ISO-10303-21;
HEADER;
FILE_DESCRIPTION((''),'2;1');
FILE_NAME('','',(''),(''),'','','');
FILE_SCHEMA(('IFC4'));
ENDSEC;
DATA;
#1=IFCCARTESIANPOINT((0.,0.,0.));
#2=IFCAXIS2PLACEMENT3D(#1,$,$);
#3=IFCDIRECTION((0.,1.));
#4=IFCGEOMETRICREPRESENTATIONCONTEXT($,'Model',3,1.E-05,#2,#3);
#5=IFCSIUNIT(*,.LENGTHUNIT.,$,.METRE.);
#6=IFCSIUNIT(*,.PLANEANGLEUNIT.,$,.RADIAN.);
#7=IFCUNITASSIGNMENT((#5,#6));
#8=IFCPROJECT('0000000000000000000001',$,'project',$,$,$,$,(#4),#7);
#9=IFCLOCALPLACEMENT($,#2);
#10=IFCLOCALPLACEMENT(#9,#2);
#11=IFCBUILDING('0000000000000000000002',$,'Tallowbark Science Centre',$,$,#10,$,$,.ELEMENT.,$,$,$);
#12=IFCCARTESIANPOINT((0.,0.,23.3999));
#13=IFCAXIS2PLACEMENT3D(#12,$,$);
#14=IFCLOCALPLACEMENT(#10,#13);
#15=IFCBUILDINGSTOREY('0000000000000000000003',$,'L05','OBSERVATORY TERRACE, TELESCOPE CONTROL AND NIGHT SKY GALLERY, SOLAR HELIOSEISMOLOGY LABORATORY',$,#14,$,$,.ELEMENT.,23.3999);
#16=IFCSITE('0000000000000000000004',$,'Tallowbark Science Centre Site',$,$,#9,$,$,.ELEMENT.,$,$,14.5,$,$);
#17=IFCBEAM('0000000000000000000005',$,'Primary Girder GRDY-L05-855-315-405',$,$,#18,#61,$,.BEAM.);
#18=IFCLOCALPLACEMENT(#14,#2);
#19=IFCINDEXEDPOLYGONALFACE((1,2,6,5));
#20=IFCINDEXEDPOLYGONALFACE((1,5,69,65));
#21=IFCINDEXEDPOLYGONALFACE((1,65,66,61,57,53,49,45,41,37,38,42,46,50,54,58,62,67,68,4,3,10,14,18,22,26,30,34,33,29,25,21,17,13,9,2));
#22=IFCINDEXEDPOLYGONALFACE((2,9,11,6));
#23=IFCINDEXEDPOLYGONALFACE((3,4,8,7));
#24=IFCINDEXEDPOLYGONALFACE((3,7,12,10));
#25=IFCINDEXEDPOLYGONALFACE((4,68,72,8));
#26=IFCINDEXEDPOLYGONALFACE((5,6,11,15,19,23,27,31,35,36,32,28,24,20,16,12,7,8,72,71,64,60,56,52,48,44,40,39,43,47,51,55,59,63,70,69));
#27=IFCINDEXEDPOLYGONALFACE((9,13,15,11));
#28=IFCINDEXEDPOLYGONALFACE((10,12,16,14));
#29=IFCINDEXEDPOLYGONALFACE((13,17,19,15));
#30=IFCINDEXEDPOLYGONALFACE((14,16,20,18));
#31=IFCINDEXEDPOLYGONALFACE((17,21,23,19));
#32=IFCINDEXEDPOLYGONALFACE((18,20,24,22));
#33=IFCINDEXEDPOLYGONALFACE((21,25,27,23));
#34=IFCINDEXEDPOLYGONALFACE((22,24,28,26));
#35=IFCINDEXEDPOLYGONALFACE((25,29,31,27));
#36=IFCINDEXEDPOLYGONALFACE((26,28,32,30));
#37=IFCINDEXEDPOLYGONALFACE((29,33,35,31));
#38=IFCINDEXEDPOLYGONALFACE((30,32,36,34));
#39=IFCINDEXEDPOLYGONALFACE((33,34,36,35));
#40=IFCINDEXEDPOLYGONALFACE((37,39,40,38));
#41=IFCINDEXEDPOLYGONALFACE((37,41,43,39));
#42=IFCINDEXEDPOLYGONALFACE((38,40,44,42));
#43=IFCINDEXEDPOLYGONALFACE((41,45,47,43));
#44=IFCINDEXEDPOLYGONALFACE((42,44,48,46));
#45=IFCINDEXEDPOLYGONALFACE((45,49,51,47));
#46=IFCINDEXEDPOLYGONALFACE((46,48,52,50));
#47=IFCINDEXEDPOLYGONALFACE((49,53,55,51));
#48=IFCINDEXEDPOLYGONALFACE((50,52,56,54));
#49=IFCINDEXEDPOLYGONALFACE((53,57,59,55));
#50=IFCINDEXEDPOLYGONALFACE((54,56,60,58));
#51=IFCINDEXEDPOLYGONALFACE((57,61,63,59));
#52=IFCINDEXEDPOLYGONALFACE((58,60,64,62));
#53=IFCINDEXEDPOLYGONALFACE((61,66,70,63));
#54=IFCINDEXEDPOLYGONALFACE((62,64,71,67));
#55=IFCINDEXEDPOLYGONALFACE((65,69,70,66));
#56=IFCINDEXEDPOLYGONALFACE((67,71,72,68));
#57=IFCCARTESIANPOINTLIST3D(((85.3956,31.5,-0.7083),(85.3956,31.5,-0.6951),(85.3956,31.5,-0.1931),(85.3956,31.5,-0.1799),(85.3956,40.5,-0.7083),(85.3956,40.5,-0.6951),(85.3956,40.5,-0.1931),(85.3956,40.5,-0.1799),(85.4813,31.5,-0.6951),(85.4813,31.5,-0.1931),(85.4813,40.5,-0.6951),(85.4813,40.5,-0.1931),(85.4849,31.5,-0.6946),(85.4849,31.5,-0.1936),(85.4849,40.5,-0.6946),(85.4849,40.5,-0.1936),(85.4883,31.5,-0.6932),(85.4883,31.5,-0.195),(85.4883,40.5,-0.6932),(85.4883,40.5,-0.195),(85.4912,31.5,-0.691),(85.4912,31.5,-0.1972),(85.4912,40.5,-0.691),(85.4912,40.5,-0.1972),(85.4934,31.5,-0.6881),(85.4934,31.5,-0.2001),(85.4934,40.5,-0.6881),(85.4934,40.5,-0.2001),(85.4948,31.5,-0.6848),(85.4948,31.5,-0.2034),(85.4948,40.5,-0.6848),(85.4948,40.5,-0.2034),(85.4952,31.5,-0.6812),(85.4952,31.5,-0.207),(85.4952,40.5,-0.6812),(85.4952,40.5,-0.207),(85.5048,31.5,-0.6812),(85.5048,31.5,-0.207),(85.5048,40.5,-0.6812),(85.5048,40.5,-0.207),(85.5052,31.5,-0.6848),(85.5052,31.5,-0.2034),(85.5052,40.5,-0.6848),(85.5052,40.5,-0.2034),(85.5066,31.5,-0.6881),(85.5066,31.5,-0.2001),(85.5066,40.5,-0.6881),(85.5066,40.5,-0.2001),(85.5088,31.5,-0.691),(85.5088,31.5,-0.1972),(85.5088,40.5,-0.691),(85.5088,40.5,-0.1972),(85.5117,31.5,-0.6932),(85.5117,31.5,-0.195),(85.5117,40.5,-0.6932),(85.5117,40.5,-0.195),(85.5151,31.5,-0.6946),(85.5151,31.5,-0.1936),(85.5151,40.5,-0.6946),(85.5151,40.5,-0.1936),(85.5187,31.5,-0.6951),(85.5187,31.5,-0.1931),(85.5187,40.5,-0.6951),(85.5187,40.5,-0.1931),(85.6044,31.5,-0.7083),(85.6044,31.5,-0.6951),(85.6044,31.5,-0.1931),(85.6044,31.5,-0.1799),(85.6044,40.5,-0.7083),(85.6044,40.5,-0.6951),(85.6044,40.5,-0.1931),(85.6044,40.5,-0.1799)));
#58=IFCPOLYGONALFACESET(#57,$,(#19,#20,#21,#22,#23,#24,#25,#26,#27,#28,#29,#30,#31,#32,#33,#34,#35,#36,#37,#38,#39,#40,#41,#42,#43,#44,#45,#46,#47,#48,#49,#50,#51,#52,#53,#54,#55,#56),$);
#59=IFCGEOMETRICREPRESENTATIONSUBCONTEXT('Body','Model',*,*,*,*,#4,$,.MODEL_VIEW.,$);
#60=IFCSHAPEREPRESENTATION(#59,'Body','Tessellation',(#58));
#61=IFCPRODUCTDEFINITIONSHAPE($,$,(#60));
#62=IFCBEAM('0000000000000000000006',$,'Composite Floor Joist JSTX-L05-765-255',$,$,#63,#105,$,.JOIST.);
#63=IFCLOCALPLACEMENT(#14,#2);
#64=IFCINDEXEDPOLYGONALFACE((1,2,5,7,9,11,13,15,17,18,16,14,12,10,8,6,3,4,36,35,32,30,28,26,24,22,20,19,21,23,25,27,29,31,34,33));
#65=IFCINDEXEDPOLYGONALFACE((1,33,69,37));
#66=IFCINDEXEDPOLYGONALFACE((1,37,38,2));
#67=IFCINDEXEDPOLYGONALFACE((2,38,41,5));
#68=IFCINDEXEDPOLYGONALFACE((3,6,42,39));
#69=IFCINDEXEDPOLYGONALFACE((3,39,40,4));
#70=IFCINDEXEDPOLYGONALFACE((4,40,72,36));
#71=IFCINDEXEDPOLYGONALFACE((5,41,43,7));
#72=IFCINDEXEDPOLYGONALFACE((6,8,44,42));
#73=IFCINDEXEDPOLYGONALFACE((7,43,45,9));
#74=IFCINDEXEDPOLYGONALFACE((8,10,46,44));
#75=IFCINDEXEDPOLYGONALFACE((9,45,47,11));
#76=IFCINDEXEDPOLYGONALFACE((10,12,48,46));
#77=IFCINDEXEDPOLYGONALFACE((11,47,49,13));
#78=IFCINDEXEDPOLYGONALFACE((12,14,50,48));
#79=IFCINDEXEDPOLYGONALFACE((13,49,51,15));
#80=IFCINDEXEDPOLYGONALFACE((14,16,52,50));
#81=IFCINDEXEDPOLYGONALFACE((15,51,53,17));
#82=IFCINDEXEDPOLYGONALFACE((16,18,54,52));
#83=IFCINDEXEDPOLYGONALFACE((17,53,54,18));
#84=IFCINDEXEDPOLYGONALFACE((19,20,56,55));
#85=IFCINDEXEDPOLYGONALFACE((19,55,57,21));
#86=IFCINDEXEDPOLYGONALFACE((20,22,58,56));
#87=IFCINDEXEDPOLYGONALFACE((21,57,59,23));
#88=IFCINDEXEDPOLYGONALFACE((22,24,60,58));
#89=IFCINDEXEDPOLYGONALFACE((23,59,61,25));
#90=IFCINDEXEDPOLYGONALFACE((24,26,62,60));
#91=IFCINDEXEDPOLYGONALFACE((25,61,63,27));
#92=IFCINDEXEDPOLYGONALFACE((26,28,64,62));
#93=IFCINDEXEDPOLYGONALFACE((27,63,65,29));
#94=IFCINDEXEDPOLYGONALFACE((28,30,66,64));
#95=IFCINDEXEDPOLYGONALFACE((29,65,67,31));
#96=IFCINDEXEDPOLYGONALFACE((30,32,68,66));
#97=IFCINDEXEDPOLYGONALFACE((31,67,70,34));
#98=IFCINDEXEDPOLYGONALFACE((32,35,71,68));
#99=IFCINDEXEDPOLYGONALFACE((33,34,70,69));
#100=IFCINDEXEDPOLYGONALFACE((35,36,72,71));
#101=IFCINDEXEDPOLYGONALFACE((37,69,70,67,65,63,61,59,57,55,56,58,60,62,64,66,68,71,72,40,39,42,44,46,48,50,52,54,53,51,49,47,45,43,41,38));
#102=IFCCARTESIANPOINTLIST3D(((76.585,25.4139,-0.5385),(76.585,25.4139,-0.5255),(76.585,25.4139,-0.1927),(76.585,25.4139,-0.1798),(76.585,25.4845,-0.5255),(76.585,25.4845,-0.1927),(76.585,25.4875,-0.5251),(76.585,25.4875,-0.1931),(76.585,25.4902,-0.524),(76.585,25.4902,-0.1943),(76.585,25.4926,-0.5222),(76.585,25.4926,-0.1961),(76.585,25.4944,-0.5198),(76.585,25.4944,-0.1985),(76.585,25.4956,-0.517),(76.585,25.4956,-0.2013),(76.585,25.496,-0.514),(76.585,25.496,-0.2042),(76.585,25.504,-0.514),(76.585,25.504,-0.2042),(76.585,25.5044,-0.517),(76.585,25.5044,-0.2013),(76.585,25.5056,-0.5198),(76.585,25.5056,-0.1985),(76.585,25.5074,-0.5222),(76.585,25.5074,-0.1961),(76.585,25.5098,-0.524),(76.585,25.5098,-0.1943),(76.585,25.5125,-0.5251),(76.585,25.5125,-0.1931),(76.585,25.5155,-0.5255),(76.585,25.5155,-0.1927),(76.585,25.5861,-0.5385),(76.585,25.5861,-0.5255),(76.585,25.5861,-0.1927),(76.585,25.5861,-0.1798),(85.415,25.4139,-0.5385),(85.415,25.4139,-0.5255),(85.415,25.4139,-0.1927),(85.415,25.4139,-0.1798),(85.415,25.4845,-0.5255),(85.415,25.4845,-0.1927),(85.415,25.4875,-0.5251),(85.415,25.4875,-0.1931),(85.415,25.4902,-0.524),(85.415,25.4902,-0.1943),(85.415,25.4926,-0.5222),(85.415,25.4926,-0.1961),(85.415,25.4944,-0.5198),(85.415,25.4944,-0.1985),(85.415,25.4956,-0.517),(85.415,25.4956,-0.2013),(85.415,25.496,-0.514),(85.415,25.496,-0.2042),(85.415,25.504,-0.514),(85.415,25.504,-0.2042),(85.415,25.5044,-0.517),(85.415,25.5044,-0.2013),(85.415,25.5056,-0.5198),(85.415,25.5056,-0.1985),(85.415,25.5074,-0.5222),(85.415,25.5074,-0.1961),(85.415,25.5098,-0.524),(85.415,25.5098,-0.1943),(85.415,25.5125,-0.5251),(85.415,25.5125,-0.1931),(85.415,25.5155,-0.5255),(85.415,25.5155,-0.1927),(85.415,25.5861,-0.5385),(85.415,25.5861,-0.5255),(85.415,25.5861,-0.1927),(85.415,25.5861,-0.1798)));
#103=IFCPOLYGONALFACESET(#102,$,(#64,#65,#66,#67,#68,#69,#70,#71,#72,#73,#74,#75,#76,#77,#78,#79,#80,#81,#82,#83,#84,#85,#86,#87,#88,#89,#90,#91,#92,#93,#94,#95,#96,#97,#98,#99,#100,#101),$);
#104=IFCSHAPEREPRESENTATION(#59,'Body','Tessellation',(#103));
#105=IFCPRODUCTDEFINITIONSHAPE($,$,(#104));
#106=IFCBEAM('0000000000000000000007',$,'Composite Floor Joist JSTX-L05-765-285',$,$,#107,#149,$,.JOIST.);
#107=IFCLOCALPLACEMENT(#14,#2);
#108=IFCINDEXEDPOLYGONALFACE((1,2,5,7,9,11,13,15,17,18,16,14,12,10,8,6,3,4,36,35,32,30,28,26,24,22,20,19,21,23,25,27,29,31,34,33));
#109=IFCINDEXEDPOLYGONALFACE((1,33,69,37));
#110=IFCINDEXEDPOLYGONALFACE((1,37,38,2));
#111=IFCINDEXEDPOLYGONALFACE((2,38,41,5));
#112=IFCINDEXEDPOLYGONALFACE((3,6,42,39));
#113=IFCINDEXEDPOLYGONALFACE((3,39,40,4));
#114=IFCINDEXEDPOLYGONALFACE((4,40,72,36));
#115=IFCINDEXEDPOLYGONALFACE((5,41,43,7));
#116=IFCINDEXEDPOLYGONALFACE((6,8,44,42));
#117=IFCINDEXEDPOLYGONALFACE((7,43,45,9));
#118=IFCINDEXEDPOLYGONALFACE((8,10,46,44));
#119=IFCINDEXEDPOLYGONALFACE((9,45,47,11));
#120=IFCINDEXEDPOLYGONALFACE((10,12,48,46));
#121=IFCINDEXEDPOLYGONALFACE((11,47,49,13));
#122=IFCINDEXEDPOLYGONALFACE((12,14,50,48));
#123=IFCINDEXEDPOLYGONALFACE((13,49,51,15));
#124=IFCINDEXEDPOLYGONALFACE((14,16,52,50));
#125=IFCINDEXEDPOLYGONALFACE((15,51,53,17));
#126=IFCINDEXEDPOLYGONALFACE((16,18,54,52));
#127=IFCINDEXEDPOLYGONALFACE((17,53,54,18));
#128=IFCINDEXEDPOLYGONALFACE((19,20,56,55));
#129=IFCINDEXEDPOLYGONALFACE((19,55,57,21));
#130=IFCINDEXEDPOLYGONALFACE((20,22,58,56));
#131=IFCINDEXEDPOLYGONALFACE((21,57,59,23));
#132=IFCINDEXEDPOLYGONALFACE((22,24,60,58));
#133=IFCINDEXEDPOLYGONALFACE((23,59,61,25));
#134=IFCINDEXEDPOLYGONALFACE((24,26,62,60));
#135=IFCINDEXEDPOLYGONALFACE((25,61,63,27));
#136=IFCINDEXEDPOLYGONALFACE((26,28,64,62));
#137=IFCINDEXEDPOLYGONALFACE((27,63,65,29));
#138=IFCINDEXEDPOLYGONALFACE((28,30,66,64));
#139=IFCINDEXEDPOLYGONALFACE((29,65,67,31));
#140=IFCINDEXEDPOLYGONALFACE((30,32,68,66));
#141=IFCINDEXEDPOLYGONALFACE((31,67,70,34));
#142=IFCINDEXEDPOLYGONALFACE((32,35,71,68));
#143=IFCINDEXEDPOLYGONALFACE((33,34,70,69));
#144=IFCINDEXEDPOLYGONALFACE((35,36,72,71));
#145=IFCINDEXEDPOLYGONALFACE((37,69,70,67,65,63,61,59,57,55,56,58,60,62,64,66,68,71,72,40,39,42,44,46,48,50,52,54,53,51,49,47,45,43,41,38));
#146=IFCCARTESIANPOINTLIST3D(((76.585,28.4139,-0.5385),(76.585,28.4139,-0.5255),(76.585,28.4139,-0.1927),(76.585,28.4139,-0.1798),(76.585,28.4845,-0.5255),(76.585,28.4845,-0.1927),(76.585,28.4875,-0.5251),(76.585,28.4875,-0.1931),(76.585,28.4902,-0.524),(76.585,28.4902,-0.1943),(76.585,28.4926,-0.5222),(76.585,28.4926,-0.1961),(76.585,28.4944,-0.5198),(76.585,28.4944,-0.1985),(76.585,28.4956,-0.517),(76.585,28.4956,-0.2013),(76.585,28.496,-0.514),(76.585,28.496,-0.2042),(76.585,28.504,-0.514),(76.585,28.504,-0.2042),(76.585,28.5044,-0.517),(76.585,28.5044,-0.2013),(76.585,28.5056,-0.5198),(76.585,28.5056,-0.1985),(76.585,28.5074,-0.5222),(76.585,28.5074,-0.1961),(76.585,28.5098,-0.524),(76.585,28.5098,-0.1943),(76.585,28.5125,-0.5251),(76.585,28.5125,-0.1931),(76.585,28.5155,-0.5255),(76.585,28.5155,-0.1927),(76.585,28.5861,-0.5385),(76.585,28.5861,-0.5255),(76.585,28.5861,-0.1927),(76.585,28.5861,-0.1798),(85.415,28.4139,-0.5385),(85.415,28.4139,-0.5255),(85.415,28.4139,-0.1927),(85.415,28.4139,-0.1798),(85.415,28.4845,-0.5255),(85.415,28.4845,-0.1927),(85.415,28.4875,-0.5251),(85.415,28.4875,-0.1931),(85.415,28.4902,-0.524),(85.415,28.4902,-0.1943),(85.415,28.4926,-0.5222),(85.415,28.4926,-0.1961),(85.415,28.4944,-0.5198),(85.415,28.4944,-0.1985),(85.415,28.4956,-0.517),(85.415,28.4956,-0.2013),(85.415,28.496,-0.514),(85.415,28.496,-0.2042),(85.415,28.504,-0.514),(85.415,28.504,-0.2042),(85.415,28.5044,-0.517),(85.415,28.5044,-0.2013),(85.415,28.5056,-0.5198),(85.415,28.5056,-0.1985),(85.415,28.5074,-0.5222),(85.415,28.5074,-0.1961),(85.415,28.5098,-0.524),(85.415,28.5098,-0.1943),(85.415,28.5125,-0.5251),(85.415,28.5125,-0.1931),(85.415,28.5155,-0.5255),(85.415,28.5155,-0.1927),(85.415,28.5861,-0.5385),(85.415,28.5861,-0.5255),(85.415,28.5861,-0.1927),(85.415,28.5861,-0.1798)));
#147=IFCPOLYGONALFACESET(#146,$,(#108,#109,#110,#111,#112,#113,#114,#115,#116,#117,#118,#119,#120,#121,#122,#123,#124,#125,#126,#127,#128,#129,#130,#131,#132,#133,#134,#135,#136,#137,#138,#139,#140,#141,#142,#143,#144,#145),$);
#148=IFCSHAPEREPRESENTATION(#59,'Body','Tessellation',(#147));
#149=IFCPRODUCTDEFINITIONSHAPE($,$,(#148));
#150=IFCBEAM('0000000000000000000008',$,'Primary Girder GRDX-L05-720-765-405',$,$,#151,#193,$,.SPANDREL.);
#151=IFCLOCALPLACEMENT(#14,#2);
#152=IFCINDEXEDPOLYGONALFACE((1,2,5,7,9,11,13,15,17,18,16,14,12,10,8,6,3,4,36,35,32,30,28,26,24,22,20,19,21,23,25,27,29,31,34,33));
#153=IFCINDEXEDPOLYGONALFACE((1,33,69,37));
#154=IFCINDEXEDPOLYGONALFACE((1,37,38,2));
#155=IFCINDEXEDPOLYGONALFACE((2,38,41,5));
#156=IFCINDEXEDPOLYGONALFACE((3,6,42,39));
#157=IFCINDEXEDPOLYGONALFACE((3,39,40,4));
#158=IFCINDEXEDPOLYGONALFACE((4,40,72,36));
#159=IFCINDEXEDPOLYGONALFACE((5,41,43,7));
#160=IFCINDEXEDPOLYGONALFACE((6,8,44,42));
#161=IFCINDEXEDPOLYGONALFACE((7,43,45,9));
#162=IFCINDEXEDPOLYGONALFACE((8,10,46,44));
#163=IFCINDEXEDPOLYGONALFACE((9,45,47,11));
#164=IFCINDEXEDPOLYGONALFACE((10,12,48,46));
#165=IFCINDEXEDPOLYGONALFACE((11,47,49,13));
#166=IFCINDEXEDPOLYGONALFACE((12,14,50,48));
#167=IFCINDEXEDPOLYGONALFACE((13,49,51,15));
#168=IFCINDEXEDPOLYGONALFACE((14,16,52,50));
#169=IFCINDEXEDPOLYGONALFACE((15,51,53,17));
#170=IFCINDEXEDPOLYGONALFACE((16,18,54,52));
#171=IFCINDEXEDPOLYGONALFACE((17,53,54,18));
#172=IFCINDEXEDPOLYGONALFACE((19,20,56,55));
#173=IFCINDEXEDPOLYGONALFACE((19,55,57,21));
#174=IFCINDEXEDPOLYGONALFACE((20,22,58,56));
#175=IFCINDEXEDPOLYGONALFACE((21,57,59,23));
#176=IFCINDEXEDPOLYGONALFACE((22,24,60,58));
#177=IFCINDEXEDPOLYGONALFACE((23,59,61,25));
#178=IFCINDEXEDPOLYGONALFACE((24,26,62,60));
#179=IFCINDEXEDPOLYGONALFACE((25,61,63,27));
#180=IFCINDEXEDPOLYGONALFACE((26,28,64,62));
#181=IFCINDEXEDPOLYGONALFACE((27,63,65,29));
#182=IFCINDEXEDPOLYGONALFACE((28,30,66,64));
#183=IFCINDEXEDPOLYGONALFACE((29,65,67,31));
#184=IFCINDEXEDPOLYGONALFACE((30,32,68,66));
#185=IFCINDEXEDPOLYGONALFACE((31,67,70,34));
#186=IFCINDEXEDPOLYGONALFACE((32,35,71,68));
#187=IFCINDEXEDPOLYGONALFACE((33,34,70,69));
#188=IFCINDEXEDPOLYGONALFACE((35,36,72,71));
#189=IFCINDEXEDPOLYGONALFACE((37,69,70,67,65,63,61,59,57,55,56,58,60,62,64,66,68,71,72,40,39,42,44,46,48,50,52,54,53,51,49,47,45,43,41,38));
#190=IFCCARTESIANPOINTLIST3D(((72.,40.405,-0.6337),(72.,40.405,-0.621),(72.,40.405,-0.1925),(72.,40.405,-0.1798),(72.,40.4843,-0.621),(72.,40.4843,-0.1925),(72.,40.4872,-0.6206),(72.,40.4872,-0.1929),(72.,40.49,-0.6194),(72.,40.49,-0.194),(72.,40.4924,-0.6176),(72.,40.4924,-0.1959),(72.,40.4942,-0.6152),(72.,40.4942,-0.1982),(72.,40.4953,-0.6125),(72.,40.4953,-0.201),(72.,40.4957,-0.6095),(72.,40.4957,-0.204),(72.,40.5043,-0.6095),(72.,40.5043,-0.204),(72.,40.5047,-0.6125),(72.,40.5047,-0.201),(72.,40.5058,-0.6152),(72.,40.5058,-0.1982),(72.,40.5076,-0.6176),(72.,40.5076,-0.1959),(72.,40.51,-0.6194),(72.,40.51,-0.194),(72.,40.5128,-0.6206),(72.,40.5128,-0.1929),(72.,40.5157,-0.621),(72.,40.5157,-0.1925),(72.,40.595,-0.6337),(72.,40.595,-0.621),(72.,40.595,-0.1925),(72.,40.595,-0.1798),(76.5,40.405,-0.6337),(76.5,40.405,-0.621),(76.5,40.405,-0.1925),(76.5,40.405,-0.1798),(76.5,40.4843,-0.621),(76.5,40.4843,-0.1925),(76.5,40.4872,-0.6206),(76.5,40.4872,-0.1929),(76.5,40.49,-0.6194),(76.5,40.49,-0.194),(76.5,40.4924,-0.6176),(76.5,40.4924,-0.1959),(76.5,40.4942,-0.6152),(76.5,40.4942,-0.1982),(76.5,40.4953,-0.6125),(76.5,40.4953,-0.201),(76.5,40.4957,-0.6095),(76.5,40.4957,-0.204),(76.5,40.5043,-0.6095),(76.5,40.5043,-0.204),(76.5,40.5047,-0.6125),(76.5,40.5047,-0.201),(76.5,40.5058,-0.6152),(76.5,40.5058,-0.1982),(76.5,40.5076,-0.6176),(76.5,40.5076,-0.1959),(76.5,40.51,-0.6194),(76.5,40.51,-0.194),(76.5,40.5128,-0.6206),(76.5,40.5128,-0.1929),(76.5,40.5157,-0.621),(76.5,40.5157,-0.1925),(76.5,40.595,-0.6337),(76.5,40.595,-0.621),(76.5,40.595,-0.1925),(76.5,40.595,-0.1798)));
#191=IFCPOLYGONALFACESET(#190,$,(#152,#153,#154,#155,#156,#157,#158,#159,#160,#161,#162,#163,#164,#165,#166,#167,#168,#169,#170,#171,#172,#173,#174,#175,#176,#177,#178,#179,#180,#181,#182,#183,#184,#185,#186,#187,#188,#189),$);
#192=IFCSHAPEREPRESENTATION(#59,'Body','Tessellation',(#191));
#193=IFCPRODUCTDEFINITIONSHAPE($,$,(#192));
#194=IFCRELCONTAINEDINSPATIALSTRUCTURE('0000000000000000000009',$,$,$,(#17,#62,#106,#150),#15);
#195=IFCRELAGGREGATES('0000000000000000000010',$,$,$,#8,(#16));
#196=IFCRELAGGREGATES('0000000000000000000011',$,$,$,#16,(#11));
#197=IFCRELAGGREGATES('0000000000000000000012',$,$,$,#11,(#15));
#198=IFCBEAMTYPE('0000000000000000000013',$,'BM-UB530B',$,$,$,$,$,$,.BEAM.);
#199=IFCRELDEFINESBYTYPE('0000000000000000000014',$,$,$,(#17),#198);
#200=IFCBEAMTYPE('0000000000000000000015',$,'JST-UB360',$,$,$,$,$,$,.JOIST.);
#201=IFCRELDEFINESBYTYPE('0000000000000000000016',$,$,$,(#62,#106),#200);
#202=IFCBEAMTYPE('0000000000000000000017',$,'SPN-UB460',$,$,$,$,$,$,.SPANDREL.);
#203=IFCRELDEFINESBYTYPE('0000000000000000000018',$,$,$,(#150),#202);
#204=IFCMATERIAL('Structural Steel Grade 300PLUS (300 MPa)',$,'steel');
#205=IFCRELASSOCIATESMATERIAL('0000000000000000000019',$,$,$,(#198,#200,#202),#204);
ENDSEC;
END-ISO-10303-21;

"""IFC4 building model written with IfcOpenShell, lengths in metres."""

from ifc_helpers import new_model, si_unit, direction, frame, origin, origin_2d, place, context, subcontext, project, spatial, i_section, extrude, material, material_profile, profile_set, type_object, element, save


model = new_model("IFC4")

# Units and contexts
model_context = context("Model", 3, precision=1e-05, world=origin(), true_north=direction((0.0, 1.0)))
body_context = subcontext(model_context, "Body", "Model", "MODEL_VIEW")
ifc_project = project(units=[si_unit("LENGTHUNIT", "METRE"), si_unit("PLANEANGLEUNIT", "RADIAN")], contexts=[model_context])

# Site, building, storey
site_placement = place(None, origin())
site = spatial("IfcSite", under=ifc_project, at=site_placement, Name="Tallowbark Science Centre Site", CompositionType="ELEMENT", RefElevation=14.5)
building_placement = place(site_placement, origin())
building = spatial("IfcBuilding", under=site, at=building_placement, Name="Tallowbark Science Centre", CompositionType="ELEMENT")
storey_placement = place(building_placement, frame((0.0, 0.0, 23.3999)))
storey = spatial("IfcBuildingStorey", under=building, at=storey_placement, Name="L05", Description="OBSERVATORY TERRACE, TELESCOPE CONTROL AND NIGHT SKY GALLERY, SOLAR HELIOSEISMOLOGY LABORATORY", CompositionType="ELEMENT", Elevation=23.3999)

# Shared definitions
ifc_material_1 = material(Name="Structural Steel Grade 300PLUS (300 MPa)", Category="steel")

# Beams
ifc_material_profile_1 = material_profile(ifc_material_1, i_section(OverallWidth=0.2087, OverallDepth=0.5283, WebThickness=0.0095, FlangeThickness=0.0132, FilletRadius=0.0139, at=origin_2d()), Name="530UB82.0")
ifc_profile_set_1 = profile_set([ifc_material_profile_1], Name="Structural Steel Grade 300PLUS (300 MPa)")
beam_type_1 = type_object("IfcBeamType", Name="BM-UB530B", PredefinedType="BEAM", material=ifc_profile_set_1)
for number, where, z_axis, x_axis, name in (
    (1, (85.5, 31.5, -0.4441), (0.0, 1.0, 0.0), (-1.0, 0.0, 0.0), "Primary Girder GRDY-L05-855-315-405"),
):
    element("IfcBeam", number, at=place(storey_placement, frame(where, z_axis=z_axis, x_axis=x_axis)), inside=storey, type_object=beam_type_1, Name=name, PredefinedType="BEAM", context=body_context, shape_type="SweptSolid", body=[
        extrude(i_section(OverallWidth=0.2087, OverallDepth=0.5283, WebThickness=0.0095, FlangeThickness=0.0132, FilletRadius=0.0139, at=origin_2d()), origin(), (0.0, 0.0, 1.0), 9.0),
    ])
ifc_material_profile_2 = material_profile(ifc_material_1, i_section(OverallWidth=0.1721, OverallDepth=0.3586, WebThickness=0.0081, FlangeThickness=0.0129, FilletRadius=0.0115, at=origin_2d()), Name="360UB56.7")
ifc_profile_set_2 = profile_set([ifc_material_profile_2], Name="Structural Steel Grade 300PLUS (300 MPa)")
beam_type_2 = type_object("IfcBeamType", Name="JST-UB360", PredefinedType="JOIST", material=ifc_profile_set_2)
for number, where, z_axis, x_axis, name in (
    (2, (76.585, 25.5, -0.3591), (1.0, 0.0, 0.0), (0.0, 1.0, 0.0), "Composite Floor Joist JSTX-L05-765-255"),
    (3, (76.585, 28.5, -0.3591), (1.0, 0.0, 0.0), (0.0, 1.0, 0.0), "Composite Floor Joist JSTX-L05-765-285"),
):
    element("IfcBeam", number, at=place(storey_placement, frame(where, z_axis=z_axis, x_axis=x_axis)), inside=storey, type_object=beam_type_2, Name=name, PredefinedType="JOIST", context=body_context, shape_type="SweptSolid", body=[
        extrude(i_section(OverallWidth=0.1721, OverallDepth=0.3586, WebThickness=0.0081, FlangeThickness=0.0129, FilletRadius=0.0115, at=origin_2d()), origin(), (0.0, 0.0, 1.0), 8.8301),
    ])
ifc_material_profile_3 = material_profile(ifc_material_1, i_section(OverallWidth=0.1899, OverallDepth=0.4539, WebThickness=0.0085, FlangeThickness=0.0127, FilletRadius=0.0115, at=origin_2d()), Name="460UB67.1")
ifc_profile_set_3 = profile_set([ifc_material_profile_3], Name="Structural Steel Grade 300PLUS (300 MPa)")
beam_type_3 = type_object("IfcBeamType", Name="SPN-UB460", PredefinedType="SPANDREL", material=ifc_profile_set_3)
for number, where, z_axis, x_axis, name in (
    (4, (72.0, 40.5, -0.4067), (1.0, 0.0, 0.0), (0.0, 1.0, 0.0), "Primary Girder GRDX-L05-720-765-405"),
):
    element("IfcBeam", number, at=place(storey_placement, frame(where, z_axis=z_axis, x_axis=x_axis)), inside=storey, type_object=beam_type_3, Name=name, PredefinedType="SPANDREL", context=body_context, shape_type="SweptSolid", body=[
        extrude(i_section(OverallWidth=0.1899, OverallDepth=0.4539, WebThickness=0.0085, FlangeThickness=0.0127, FilletRadius=0.0115, at=origin_2d()), origin(), (0.0, 0.0, 1.0), 4.5),
    ])

save(model, "model.ifc")
